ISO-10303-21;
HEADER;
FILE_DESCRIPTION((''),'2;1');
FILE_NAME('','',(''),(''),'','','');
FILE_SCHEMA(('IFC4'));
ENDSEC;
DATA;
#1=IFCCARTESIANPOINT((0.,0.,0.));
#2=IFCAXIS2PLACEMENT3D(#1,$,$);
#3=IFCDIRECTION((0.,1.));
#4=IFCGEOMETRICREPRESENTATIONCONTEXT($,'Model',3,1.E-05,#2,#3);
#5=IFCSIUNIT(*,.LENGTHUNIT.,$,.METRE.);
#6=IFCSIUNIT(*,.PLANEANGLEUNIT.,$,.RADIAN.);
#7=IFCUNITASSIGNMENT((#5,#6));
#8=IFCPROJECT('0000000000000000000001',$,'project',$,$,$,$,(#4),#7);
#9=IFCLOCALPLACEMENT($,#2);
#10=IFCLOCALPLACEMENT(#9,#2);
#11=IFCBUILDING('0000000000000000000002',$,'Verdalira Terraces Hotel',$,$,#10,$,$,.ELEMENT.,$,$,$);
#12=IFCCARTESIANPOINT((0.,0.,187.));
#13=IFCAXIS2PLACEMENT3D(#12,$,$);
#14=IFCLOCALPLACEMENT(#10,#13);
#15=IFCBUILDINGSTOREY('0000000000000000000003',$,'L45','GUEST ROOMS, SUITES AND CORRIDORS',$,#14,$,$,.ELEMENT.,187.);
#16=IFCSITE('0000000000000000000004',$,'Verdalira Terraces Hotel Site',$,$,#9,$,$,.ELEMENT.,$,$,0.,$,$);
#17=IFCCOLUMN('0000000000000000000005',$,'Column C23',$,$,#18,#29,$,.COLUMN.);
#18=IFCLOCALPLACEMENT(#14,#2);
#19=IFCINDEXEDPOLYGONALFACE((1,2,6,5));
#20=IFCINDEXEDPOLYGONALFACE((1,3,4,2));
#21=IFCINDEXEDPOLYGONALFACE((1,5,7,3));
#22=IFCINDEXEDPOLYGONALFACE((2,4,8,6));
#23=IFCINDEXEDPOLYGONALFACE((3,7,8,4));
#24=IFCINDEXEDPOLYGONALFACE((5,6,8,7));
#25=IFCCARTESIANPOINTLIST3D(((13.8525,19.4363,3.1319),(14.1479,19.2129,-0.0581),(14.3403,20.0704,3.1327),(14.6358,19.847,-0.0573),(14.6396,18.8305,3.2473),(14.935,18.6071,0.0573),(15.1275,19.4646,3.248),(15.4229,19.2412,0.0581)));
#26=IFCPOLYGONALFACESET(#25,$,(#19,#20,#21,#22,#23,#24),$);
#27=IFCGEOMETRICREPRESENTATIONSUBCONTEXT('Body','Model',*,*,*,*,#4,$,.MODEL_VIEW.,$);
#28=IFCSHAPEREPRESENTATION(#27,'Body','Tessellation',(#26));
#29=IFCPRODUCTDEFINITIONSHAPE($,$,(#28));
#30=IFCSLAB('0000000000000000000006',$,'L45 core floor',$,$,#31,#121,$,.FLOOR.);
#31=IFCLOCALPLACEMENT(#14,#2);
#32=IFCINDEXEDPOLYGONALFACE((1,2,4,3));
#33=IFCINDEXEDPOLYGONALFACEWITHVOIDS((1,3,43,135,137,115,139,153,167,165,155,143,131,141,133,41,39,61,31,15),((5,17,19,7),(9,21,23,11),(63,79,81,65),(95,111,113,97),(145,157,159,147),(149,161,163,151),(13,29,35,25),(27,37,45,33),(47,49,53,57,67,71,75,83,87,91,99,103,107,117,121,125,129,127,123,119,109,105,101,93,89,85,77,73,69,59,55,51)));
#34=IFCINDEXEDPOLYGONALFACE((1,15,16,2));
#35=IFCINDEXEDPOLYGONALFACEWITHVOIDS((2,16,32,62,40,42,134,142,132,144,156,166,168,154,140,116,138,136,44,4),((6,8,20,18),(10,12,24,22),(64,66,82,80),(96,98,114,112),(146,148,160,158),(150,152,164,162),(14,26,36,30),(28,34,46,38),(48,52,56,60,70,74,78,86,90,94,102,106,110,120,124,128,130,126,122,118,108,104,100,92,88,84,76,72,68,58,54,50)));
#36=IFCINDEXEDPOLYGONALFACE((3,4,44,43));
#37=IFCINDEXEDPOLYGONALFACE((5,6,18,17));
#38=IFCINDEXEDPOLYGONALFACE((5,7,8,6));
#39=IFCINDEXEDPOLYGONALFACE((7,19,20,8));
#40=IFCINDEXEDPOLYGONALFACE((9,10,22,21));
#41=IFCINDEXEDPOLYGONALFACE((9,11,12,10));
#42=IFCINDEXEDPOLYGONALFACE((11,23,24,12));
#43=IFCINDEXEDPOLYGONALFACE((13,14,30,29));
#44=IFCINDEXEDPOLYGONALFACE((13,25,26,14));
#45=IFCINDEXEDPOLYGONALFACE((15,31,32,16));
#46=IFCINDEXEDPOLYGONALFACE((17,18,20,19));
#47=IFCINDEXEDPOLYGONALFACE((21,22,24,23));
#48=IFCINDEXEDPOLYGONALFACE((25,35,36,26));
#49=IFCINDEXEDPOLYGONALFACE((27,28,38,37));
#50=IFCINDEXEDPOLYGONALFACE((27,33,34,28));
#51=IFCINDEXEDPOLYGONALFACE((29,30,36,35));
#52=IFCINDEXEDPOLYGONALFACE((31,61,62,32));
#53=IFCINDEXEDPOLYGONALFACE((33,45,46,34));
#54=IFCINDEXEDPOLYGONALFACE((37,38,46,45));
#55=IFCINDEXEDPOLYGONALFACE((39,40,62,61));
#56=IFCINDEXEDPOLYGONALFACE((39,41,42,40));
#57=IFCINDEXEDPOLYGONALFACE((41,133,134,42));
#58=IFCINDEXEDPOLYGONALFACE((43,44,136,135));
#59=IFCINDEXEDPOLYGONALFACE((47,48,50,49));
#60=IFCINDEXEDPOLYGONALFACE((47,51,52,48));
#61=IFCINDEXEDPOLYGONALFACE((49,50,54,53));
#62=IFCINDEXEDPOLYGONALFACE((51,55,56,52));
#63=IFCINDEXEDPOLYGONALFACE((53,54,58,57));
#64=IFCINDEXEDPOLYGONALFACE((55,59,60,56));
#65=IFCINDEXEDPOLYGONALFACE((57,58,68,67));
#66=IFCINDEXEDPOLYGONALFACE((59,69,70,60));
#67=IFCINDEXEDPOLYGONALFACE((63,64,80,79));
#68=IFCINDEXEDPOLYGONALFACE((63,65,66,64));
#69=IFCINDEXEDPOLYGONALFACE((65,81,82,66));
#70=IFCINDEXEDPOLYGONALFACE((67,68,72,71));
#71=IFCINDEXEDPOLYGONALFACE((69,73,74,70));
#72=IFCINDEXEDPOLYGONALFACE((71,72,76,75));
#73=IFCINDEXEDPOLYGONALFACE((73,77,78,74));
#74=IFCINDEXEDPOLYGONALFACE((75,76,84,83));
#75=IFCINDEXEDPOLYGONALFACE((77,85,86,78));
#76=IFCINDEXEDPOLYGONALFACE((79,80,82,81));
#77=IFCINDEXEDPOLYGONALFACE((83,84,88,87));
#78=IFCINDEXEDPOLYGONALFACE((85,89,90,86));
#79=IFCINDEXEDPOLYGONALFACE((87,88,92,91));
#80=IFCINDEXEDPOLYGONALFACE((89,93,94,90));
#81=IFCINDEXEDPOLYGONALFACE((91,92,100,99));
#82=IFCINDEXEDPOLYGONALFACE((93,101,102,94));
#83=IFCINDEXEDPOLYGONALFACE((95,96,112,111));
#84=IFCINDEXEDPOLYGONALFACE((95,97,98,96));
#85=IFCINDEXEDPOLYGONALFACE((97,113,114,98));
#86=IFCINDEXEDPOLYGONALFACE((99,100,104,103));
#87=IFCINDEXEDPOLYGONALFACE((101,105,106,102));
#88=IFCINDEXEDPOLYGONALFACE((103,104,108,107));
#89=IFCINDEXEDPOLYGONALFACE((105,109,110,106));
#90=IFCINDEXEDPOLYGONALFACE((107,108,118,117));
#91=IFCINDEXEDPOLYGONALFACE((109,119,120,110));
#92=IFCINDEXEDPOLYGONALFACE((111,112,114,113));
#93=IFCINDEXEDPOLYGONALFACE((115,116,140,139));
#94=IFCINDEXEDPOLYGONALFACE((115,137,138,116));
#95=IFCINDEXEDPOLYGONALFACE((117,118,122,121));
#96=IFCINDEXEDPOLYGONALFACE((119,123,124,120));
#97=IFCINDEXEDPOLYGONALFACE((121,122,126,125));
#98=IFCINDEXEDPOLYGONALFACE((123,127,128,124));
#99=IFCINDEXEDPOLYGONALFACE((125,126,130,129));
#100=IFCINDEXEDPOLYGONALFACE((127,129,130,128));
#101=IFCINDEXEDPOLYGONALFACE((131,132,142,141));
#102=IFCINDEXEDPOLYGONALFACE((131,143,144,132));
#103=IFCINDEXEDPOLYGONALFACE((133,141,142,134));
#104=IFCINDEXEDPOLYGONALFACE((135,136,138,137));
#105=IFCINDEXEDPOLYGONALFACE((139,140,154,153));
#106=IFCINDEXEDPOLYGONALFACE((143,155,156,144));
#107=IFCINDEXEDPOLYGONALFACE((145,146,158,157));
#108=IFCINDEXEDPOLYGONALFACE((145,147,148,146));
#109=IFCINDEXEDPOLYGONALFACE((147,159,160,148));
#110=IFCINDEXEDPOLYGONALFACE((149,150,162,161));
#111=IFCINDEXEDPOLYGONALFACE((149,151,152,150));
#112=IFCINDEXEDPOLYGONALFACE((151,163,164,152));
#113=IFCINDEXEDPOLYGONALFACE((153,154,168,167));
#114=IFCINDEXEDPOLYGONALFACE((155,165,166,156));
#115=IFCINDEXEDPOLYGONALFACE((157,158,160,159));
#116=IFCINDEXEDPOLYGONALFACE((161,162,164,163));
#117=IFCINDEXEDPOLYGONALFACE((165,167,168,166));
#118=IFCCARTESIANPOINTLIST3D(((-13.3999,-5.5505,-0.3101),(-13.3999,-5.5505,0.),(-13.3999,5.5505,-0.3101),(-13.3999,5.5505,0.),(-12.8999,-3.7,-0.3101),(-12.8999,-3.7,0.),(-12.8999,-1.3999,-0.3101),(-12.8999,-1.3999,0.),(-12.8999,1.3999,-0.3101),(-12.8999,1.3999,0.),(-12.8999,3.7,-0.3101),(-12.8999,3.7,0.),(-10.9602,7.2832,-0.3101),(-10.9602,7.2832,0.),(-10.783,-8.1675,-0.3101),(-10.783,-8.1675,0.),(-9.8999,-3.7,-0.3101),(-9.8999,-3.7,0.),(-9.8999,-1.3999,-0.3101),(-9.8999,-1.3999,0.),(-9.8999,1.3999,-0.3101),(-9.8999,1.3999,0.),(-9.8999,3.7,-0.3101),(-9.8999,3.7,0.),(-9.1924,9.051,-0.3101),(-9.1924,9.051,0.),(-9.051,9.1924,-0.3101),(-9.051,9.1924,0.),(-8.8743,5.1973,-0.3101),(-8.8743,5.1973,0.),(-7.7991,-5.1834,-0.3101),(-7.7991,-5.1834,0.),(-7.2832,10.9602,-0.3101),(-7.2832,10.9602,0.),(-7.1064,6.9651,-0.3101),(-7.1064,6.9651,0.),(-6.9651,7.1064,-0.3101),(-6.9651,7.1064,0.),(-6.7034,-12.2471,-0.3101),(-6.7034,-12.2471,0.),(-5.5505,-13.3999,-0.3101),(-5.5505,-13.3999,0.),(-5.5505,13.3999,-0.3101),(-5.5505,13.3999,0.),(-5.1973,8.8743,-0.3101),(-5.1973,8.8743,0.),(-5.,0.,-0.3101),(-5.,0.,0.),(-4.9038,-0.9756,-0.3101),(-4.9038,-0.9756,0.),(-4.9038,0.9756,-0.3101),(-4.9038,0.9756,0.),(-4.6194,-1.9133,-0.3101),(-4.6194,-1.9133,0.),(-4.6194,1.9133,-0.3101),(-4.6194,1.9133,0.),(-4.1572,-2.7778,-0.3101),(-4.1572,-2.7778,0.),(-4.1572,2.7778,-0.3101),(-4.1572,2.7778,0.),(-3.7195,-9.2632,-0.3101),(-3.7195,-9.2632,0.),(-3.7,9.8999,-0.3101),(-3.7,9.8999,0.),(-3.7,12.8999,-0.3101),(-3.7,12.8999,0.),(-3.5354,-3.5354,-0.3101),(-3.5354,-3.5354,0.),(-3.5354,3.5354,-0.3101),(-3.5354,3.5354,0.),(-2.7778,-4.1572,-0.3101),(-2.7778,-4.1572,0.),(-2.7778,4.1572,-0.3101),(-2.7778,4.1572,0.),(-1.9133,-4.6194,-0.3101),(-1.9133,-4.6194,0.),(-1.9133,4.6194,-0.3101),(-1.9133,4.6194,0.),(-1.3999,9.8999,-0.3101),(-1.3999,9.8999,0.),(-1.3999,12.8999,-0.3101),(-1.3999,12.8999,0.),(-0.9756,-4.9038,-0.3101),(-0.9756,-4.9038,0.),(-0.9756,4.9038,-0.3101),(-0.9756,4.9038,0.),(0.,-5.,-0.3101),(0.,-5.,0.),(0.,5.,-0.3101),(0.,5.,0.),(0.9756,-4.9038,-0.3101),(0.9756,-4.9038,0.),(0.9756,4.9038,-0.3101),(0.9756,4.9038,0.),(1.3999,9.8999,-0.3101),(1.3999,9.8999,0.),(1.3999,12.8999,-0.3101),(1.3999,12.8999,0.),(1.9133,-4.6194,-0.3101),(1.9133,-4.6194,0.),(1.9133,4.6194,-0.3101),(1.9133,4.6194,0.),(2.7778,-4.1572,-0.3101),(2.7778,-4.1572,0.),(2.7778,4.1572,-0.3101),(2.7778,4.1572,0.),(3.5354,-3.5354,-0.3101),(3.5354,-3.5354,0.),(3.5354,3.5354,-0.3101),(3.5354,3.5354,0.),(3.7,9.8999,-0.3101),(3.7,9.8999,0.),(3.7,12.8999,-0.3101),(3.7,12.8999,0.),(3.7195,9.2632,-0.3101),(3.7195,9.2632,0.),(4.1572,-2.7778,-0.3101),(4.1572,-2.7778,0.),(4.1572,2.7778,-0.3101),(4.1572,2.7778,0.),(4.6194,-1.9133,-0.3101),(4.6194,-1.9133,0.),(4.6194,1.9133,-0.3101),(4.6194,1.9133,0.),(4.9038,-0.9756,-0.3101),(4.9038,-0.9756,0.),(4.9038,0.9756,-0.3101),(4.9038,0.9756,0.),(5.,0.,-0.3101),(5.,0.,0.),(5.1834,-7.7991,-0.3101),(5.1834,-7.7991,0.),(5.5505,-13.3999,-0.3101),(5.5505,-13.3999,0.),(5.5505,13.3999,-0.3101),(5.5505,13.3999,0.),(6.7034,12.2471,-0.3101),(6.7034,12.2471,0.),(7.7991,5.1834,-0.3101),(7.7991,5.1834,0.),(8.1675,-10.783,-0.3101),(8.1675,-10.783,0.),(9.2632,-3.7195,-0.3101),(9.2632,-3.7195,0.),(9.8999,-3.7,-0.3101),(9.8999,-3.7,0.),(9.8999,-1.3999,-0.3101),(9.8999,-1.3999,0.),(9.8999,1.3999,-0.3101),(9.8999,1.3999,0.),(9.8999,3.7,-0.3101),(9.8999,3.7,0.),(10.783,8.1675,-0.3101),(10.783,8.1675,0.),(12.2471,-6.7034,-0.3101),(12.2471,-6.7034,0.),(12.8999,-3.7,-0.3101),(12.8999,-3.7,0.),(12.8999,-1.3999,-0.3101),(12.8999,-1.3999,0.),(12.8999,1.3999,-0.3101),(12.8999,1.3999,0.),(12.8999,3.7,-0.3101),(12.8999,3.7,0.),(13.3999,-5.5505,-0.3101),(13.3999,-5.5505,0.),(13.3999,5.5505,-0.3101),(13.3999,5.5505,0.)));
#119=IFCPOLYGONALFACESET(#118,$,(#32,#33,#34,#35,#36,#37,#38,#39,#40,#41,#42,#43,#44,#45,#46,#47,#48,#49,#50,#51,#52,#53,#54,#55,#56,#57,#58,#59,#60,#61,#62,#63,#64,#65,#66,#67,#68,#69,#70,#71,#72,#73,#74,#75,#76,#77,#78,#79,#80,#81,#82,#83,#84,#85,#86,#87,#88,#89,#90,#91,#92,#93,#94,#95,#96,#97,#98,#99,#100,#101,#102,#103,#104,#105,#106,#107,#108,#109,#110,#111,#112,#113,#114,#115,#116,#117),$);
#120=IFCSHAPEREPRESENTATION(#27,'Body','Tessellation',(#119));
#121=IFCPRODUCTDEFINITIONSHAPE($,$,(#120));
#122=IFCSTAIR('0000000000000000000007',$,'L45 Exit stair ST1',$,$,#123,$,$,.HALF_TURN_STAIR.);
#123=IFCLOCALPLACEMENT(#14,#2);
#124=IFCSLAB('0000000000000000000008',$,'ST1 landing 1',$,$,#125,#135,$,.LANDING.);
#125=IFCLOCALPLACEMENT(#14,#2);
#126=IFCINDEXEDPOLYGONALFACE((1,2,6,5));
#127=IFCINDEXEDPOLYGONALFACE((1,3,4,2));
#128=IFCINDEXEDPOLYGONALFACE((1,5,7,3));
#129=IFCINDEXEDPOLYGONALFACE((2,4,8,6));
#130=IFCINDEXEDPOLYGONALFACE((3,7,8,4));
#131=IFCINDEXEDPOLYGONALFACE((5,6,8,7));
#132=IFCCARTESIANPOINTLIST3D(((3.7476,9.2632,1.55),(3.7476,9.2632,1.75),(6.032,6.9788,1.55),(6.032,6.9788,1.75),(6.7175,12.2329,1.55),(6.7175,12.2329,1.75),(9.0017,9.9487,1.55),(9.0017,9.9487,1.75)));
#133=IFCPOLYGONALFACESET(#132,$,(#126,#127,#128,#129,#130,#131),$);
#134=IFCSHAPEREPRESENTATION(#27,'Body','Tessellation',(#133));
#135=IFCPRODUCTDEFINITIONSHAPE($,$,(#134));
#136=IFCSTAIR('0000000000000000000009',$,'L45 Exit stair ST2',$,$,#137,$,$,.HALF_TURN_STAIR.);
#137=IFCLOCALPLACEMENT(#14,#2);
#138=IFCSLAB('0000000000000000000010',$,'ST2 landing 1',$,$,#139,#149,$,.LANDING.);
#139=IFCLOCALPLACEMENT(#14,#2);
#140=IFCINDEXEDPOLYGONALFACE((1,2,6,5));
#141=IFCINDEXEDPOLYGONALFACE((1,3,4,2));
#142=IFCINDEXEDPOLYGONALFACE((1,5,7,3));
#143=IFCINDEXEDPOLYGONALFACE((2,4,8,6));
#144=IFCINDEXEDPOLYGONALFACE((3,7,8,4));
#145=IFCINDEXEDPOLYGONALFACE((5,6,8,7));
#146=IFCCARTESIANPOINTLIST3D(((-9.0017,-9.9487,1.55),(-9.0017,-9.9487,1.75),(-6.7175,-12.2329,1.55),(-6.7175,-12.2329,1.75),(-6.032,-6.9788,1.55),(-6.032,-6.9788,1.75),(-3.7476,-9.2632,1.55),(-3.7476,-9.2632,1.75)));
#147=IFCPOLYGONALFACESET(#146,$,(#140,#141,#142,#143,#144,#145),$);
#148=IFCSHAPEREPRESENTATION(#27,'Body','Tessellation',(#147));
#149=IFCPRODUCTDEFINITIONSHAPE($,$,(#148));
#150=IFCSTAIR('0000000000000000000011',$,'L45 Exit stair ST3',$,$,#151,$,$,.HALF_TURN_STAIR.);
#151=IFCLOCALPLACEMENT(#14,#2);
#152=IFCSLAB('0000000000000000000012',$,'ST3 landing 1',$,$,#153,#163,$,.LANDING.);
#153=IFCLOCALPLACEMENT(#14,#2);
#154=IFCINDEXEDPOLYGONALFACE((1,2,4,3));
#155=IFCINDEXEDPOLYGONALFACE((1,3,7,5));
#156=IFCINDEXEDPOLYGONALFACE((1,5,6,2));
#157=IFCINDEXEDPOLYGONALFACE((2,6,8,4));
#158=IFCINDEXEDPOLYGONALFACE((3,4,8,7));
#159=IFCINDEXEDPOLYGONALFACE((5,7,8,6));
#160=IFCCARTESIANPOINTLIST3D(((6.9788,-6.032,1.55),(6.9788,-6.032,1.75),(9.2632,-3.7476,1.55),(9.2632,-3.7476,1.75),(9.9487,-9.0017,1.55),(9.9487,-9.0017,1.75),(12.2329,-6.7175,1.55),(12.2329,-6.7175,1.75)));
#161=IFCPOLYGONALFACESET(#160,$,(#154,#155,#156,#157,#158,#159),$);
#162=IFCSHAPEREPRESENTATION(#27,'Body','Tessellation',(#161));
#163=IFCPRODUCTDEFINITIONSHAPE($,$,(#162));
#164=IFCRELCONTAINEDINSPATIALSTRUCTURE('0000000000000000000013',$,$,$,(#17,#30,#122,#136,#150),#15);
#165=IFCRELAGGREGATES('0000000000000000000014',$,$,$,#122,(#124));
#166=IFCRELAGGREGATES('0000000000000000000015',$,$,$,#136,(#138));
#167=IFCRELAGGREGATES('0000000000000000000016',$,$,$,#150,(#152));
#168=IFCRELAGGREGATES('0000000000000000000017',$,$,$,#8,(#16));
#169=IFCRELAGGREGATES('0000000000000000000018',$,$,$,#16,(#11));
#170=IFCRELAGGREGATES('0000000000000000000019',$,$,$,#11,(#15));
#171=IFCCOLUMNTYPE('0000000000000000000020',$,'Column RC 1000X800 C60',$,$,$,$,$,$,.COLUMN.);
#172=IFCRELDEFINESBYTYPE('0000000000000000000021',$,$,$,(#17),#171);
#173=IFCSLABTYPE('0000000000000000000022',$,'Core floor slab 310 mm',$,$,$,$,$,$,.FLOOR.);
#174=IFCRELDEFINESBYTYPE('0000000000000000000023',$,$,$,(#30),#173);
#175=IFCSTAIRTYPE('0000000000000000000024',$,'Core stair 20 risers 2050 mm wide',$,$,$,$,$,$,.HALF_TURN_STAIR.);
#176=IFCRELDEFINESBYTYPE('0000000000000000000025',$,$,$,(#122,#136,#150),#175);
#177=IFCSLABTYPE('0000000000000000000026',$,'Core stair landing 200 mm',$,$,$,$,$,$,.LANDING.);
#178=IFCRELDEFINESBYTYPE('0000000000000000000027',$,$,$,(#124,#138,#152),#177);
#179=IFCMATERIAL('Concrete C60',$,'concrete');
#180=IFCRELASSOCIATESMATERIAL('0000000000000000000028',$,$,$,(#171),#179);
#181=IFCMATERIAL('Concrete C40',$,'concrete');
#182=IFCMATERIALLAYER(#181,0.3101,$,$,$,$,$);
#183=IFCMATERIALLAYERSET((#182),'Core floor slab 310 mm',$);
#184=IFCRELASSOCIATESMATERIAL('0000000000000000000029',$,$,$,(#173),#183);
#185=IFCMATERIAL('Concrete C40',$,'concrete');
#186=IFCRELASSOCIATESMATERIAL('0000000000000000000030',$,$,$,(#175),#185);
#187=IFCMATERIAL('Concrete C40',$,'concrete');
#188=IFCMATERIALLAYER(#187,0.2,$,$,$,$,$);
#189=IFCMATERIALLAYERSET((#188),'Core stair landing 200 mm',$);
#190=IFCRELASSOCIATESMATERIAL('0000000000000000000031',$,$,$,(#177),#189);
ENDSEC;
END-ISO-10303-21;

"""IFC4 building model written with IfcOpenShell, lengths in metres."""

from ifc_helpers import new_model, si_unit, direction, frame, origin, origin_2d, place, context, subcontext, project, spatial, polyline, rectangle, outline, extrude, material, layer, layer_set, material_profile, profile_set, type_object, element, aggregate, save


model = new_model("IFC4")

# Units and contexts
model_context = context("Model", 3, precision=1e-05, world=origin(), true_north=direction((0.0, 1.0)))
body_context = subcontext(model_context, "Body", "Model", "MODEL_VIEW")
ifc_project = project(units=[si_unit("LENGTHUNIT", "METRE"), si_unit("PLANEANGLEUNIT", "RADIAN")], contexts=[model_context])

# Site, building, storey
site_placement = place(None, origin())
site = spatial("IfcSite", under=ifc_project, at=site_placement, Name="Verdalira Terraces Hotel Site", CompositionType="ELEMENT", RefElevation=0.0)
building_placement = place(site_placement, origin())
building = spatial("IfcBuilding", under=site, at=building_placement, Name="Verdalira Terraces Hotel", CompositionType="ELEMENT")
storey_placement = place(building_placement, frame((0.0, 0.0, 187.0)))
storey = spatial("IfcBuildingStorey", under=building, at=storey_placement, Name="L45", Description="GUEST ROOMS, SUITES AND CORRIDORS", CompositionType="ELEMENT", Elevation=187.0)

# Column
ifc_material_1 = material(Name="Concrete C60", Category="concrete")
ifc_material_profile = material_profile(ifc_material_1, rectangle(XDim=1.0, YDim=0.8, at=origin_2d()), Name="RC 1000X800")
ifc_profile_set = profile_set([ifc_material_profile], Name="Concrete C60")
column_type = type_object("IfcColumnType", Name="Column RC 1000X800 C60", PredefinedType="COLUMN", material=ifc_profile_set)
column_placement = place(storey_placement, frame((14.7854, 19.2271, 0.0), z_axis=(-0.091989, 0.069562, 0.993327), x_axis=(0.787184, -0.60584, 0.115325)))
element("IfcColumn", 1, at=column_placement, inside=storey, type_object=column_type, Name="Column C23", PredefinedType="COLUMN", context=body_context, shape_type="SweptSolid", body=[
    extrude(rectangle(XDim=1.0, YDim=0.8, at=origin_2d()), origin(), (0.0, 0.0, 1.0), 3.2114),
])

# Slab
ifc_material_2 = material(Name="Concrete C40", Category="concrete")
ifc_layer_1 = layer(ifc_material_2, 0.3101)
ifc_layer_set_1 = layer_set([ifc_layer_1], Name="Core floor slab 310 mm")
slab_type_1 = type_object("IfcSlabType", Name="Core floor slab 310 mm", PredefinedType="FLOOR", material=ifc_layer_set_1)
slab_1_placement = place(storey_placement, frame((0.0, 0.0, -0.3101)))
element("IfcSlab", 2, at=slab_1_placement, inside=storey, type_object=slab_type_1, Name="L45 core floor", PredefinedType="FLOOR", context=body_context, shape_type="SweptSolid", body=[
    extrude(outline(polyline([(-6.7034, -12.2471), (-3.7195, -9.2632), (-7.7991, -5.1833), (-10.783, -8.1675), (-13.3999, -5.5505), (-13.3999, 5.5505), (-5.5505, 13.3999), (5.5505, 13.3999), (6.7034, 12.2471), (3.7195, 9.2632), (7.7991, 5.1833), (10.783, 8.1675), (13.3999, 5.5505), (13.3999, -5.5505), (12.2471, -6.7034), (9.2632, -3.7195), (5.1833, -7.7991), (8.1675, -10.783), (5.5505, -13.3999), (-5.5505, -13.3999), (-6.7034, -12.2471)]), holes=[polyline([(9.8999, -1.3999), (9.8999, -3.7), (12.8999, -3.7), (12.8999, -1.3999), (9.8999, -1.3999)]), polyline([(9.8999, 3.7), (9.8999, 1.3999), (12.8999, 1.3999), (12.8999, 3.7), (9.8999, 3.7)]), polyline([(3.7, 12.8999), (1.3999, 12.8999), (1.3999, 9.8999), (3.7, 9.8999), (3.7, 12.8999)]), polyline([(-1.3999, 12.8999), (-3.7, 12.8999), (-3.7, 9.8999), (-1.3999, 9.8999), (-1.3999, 12.8999)]), polyline([(-9.8999, 1.3999), (-9.8999, 3.7), (-12.8999, 3.7), (-12.8999, 1.3999), (-9.8999, 1.3999)]), polyline([(-9.8999, -3.7), (-9.8999, -1.3999), (-12.8999, -1.3999), (-12.8999, -3.7), (-9.8999, -3.7)]), polyline([(-9.051, 9.1924), (-6.9651, 7.1064), (-5.1973, 8.8743), (-7.2832, 10.9602), (-9.051, 9.1924)]), polyline([(-9.1924, 9.051), (-10.9602, 7.2832), (-8.8743, 5.1973), (-7.1064, 6.9651), (-9.1924, 9.051)]), polyline([(3.5354, 3.5354), (2.7778, 4.1572), (1.9133, 4.6194), (0.9756, 4.9038), (0.0, 5.0), (-0.9756, 4.9038), (-1.9133, 4.6194), (-2.7778, 4.1572), (-3.5354, 3.5354), (-4.1572, 2.7778), (-4.6194, 1.9133), (-4.9038, 0.9756), (-5.0, 0.0), (-4.9038, -0.9756), (-4.6194, -1.9133), (-4.1572, -2.7778), (-3.5354, -3.5354), (-2.7778, -4.1572), (-1.9133, -4.6194), (-0.9756, -4.9038), (0.0, -5.0), (0.9756, -4.9038), (1.9133, -4.6194), (2.7778, -4.1572), (3.5354, -3.5354), (4.1572, -2.7778), (4.6194, -1.9133), (4.9038, -0.9756), (5.0, 0.0), (4.9038, 0.9756), (4.6194, 1.9133), (4.1572, 2.7778), (3.5354, 3.5354)])]), origin(), (0.0, 0.0, 1.0), 0.3101),
])

# Stairs, slabs
ifc_material_3 = material(Name="Concrete C40", Category="concrete")
stair_type = type_object("IfcStairType", Name="Core stair 20 risers 2050 mm wide", PredefinedType="HALF_TURN_STAIR", material=ifc_material_3)
stair_1_placement = place(storey_placement, origin())
stair_1 = element("IfcStair", 3, at=stair_1_placement, inside=storey, type_object=stair_type, Name="L45 Exit stair ST1", PredefinedType="HALF_TURN_STAIR")
ifc_material_4 = material(Name="Concrete C40", Category="concrete")
ifc_layer_2 = layer(ifc_material_4, 0.2)
ifc_layer_set_2 = layer_set([ifc_layer_2], Name="Core stair landing 200 mm")
slab_type_2 = type_object("IfcSlabType", Name="Core stair landing 200 mm", PredefinedType="LANDING", material=ifc_layer_set_2)
slab_2_placement = place(storey_placement, frame((0.0, 0.0, 1.55)))
slab_2 = element("IfcSlab", 4, at=slab_2_placement, type_object=slab_type_2, Name="ST1 landing 1", PredefinedType="LANDING", context=body_context, shape_type="SweptSolid", body=[
    extrude(outline(polyline([(9.0017, 9.9487), (6.7175, 12.2329), (3.7476, 9.2632), (6.032, 6.9788), (9.0017, 9.9487)])), origin(), (0.0, 0.0, 1.0), 0.2),
])
aggregate(stair_1, [slab_2])
stair_2_placement = place(storey_placement, origin())
stair_2 = element("IfcStair", 5, at=stair_2_placement, inside=storey, type_object=stair_type, Name="L45 Exit stair ST2", PredefinedType="HALF_TURN_STAIR")
slab_3_placement = place(storey_placement, frame((0.0, 0.0, 1.55)))
slab_3 = element("IfcSlab", 6, at=slab_3_placement, type_object=slab_type_2, Name="ST2 landing 1", PredefinedType="LANDING", context=body_context, shape_type="SweptSolid", body=[
    extrude(outline(polyline([(-9.0017, -9.9487), (-6.7175, -12.2329), (-3.7476, -9.2632), (-6.032, -6.9788), (-9.0017, -9.9487)])), origin(), (0.0, 0.0, 1.0), 0.2),
])
aggregate(stair_2, [slab_3])
stair_3_placement = place(storey_placement, origin())
stair_3 = element("IfcStair", 7, at=stair_3_placement, inside=storey, type_object=stair_type, Name="L45 Exit stair ST3", PredefinedType="HALF_TURN_STAIR")
slab_4_placement = place(storey_placement, frame((0.0, 0.0, 1.55)))
slab_4 = element("IfcSlab", 8, at=slab_4_placement, type_object=slab_type_2, Name="ST3 landing 1", PredefinedType="LANDING", context=body_context, shape_type="SweptSolid", body=[
    extrude(outline(polyline([(9.9487, -9.0017), (12.2329, -6.7175), (9.2632, -3.7476), (6.9788, -6.032), (9.9487, -9.0017)])), origin(), (0.0, 0.0, 1.0), 0.2),
])
aggregate(stair_3, [slab_4])

save(model, "model.ifc")
